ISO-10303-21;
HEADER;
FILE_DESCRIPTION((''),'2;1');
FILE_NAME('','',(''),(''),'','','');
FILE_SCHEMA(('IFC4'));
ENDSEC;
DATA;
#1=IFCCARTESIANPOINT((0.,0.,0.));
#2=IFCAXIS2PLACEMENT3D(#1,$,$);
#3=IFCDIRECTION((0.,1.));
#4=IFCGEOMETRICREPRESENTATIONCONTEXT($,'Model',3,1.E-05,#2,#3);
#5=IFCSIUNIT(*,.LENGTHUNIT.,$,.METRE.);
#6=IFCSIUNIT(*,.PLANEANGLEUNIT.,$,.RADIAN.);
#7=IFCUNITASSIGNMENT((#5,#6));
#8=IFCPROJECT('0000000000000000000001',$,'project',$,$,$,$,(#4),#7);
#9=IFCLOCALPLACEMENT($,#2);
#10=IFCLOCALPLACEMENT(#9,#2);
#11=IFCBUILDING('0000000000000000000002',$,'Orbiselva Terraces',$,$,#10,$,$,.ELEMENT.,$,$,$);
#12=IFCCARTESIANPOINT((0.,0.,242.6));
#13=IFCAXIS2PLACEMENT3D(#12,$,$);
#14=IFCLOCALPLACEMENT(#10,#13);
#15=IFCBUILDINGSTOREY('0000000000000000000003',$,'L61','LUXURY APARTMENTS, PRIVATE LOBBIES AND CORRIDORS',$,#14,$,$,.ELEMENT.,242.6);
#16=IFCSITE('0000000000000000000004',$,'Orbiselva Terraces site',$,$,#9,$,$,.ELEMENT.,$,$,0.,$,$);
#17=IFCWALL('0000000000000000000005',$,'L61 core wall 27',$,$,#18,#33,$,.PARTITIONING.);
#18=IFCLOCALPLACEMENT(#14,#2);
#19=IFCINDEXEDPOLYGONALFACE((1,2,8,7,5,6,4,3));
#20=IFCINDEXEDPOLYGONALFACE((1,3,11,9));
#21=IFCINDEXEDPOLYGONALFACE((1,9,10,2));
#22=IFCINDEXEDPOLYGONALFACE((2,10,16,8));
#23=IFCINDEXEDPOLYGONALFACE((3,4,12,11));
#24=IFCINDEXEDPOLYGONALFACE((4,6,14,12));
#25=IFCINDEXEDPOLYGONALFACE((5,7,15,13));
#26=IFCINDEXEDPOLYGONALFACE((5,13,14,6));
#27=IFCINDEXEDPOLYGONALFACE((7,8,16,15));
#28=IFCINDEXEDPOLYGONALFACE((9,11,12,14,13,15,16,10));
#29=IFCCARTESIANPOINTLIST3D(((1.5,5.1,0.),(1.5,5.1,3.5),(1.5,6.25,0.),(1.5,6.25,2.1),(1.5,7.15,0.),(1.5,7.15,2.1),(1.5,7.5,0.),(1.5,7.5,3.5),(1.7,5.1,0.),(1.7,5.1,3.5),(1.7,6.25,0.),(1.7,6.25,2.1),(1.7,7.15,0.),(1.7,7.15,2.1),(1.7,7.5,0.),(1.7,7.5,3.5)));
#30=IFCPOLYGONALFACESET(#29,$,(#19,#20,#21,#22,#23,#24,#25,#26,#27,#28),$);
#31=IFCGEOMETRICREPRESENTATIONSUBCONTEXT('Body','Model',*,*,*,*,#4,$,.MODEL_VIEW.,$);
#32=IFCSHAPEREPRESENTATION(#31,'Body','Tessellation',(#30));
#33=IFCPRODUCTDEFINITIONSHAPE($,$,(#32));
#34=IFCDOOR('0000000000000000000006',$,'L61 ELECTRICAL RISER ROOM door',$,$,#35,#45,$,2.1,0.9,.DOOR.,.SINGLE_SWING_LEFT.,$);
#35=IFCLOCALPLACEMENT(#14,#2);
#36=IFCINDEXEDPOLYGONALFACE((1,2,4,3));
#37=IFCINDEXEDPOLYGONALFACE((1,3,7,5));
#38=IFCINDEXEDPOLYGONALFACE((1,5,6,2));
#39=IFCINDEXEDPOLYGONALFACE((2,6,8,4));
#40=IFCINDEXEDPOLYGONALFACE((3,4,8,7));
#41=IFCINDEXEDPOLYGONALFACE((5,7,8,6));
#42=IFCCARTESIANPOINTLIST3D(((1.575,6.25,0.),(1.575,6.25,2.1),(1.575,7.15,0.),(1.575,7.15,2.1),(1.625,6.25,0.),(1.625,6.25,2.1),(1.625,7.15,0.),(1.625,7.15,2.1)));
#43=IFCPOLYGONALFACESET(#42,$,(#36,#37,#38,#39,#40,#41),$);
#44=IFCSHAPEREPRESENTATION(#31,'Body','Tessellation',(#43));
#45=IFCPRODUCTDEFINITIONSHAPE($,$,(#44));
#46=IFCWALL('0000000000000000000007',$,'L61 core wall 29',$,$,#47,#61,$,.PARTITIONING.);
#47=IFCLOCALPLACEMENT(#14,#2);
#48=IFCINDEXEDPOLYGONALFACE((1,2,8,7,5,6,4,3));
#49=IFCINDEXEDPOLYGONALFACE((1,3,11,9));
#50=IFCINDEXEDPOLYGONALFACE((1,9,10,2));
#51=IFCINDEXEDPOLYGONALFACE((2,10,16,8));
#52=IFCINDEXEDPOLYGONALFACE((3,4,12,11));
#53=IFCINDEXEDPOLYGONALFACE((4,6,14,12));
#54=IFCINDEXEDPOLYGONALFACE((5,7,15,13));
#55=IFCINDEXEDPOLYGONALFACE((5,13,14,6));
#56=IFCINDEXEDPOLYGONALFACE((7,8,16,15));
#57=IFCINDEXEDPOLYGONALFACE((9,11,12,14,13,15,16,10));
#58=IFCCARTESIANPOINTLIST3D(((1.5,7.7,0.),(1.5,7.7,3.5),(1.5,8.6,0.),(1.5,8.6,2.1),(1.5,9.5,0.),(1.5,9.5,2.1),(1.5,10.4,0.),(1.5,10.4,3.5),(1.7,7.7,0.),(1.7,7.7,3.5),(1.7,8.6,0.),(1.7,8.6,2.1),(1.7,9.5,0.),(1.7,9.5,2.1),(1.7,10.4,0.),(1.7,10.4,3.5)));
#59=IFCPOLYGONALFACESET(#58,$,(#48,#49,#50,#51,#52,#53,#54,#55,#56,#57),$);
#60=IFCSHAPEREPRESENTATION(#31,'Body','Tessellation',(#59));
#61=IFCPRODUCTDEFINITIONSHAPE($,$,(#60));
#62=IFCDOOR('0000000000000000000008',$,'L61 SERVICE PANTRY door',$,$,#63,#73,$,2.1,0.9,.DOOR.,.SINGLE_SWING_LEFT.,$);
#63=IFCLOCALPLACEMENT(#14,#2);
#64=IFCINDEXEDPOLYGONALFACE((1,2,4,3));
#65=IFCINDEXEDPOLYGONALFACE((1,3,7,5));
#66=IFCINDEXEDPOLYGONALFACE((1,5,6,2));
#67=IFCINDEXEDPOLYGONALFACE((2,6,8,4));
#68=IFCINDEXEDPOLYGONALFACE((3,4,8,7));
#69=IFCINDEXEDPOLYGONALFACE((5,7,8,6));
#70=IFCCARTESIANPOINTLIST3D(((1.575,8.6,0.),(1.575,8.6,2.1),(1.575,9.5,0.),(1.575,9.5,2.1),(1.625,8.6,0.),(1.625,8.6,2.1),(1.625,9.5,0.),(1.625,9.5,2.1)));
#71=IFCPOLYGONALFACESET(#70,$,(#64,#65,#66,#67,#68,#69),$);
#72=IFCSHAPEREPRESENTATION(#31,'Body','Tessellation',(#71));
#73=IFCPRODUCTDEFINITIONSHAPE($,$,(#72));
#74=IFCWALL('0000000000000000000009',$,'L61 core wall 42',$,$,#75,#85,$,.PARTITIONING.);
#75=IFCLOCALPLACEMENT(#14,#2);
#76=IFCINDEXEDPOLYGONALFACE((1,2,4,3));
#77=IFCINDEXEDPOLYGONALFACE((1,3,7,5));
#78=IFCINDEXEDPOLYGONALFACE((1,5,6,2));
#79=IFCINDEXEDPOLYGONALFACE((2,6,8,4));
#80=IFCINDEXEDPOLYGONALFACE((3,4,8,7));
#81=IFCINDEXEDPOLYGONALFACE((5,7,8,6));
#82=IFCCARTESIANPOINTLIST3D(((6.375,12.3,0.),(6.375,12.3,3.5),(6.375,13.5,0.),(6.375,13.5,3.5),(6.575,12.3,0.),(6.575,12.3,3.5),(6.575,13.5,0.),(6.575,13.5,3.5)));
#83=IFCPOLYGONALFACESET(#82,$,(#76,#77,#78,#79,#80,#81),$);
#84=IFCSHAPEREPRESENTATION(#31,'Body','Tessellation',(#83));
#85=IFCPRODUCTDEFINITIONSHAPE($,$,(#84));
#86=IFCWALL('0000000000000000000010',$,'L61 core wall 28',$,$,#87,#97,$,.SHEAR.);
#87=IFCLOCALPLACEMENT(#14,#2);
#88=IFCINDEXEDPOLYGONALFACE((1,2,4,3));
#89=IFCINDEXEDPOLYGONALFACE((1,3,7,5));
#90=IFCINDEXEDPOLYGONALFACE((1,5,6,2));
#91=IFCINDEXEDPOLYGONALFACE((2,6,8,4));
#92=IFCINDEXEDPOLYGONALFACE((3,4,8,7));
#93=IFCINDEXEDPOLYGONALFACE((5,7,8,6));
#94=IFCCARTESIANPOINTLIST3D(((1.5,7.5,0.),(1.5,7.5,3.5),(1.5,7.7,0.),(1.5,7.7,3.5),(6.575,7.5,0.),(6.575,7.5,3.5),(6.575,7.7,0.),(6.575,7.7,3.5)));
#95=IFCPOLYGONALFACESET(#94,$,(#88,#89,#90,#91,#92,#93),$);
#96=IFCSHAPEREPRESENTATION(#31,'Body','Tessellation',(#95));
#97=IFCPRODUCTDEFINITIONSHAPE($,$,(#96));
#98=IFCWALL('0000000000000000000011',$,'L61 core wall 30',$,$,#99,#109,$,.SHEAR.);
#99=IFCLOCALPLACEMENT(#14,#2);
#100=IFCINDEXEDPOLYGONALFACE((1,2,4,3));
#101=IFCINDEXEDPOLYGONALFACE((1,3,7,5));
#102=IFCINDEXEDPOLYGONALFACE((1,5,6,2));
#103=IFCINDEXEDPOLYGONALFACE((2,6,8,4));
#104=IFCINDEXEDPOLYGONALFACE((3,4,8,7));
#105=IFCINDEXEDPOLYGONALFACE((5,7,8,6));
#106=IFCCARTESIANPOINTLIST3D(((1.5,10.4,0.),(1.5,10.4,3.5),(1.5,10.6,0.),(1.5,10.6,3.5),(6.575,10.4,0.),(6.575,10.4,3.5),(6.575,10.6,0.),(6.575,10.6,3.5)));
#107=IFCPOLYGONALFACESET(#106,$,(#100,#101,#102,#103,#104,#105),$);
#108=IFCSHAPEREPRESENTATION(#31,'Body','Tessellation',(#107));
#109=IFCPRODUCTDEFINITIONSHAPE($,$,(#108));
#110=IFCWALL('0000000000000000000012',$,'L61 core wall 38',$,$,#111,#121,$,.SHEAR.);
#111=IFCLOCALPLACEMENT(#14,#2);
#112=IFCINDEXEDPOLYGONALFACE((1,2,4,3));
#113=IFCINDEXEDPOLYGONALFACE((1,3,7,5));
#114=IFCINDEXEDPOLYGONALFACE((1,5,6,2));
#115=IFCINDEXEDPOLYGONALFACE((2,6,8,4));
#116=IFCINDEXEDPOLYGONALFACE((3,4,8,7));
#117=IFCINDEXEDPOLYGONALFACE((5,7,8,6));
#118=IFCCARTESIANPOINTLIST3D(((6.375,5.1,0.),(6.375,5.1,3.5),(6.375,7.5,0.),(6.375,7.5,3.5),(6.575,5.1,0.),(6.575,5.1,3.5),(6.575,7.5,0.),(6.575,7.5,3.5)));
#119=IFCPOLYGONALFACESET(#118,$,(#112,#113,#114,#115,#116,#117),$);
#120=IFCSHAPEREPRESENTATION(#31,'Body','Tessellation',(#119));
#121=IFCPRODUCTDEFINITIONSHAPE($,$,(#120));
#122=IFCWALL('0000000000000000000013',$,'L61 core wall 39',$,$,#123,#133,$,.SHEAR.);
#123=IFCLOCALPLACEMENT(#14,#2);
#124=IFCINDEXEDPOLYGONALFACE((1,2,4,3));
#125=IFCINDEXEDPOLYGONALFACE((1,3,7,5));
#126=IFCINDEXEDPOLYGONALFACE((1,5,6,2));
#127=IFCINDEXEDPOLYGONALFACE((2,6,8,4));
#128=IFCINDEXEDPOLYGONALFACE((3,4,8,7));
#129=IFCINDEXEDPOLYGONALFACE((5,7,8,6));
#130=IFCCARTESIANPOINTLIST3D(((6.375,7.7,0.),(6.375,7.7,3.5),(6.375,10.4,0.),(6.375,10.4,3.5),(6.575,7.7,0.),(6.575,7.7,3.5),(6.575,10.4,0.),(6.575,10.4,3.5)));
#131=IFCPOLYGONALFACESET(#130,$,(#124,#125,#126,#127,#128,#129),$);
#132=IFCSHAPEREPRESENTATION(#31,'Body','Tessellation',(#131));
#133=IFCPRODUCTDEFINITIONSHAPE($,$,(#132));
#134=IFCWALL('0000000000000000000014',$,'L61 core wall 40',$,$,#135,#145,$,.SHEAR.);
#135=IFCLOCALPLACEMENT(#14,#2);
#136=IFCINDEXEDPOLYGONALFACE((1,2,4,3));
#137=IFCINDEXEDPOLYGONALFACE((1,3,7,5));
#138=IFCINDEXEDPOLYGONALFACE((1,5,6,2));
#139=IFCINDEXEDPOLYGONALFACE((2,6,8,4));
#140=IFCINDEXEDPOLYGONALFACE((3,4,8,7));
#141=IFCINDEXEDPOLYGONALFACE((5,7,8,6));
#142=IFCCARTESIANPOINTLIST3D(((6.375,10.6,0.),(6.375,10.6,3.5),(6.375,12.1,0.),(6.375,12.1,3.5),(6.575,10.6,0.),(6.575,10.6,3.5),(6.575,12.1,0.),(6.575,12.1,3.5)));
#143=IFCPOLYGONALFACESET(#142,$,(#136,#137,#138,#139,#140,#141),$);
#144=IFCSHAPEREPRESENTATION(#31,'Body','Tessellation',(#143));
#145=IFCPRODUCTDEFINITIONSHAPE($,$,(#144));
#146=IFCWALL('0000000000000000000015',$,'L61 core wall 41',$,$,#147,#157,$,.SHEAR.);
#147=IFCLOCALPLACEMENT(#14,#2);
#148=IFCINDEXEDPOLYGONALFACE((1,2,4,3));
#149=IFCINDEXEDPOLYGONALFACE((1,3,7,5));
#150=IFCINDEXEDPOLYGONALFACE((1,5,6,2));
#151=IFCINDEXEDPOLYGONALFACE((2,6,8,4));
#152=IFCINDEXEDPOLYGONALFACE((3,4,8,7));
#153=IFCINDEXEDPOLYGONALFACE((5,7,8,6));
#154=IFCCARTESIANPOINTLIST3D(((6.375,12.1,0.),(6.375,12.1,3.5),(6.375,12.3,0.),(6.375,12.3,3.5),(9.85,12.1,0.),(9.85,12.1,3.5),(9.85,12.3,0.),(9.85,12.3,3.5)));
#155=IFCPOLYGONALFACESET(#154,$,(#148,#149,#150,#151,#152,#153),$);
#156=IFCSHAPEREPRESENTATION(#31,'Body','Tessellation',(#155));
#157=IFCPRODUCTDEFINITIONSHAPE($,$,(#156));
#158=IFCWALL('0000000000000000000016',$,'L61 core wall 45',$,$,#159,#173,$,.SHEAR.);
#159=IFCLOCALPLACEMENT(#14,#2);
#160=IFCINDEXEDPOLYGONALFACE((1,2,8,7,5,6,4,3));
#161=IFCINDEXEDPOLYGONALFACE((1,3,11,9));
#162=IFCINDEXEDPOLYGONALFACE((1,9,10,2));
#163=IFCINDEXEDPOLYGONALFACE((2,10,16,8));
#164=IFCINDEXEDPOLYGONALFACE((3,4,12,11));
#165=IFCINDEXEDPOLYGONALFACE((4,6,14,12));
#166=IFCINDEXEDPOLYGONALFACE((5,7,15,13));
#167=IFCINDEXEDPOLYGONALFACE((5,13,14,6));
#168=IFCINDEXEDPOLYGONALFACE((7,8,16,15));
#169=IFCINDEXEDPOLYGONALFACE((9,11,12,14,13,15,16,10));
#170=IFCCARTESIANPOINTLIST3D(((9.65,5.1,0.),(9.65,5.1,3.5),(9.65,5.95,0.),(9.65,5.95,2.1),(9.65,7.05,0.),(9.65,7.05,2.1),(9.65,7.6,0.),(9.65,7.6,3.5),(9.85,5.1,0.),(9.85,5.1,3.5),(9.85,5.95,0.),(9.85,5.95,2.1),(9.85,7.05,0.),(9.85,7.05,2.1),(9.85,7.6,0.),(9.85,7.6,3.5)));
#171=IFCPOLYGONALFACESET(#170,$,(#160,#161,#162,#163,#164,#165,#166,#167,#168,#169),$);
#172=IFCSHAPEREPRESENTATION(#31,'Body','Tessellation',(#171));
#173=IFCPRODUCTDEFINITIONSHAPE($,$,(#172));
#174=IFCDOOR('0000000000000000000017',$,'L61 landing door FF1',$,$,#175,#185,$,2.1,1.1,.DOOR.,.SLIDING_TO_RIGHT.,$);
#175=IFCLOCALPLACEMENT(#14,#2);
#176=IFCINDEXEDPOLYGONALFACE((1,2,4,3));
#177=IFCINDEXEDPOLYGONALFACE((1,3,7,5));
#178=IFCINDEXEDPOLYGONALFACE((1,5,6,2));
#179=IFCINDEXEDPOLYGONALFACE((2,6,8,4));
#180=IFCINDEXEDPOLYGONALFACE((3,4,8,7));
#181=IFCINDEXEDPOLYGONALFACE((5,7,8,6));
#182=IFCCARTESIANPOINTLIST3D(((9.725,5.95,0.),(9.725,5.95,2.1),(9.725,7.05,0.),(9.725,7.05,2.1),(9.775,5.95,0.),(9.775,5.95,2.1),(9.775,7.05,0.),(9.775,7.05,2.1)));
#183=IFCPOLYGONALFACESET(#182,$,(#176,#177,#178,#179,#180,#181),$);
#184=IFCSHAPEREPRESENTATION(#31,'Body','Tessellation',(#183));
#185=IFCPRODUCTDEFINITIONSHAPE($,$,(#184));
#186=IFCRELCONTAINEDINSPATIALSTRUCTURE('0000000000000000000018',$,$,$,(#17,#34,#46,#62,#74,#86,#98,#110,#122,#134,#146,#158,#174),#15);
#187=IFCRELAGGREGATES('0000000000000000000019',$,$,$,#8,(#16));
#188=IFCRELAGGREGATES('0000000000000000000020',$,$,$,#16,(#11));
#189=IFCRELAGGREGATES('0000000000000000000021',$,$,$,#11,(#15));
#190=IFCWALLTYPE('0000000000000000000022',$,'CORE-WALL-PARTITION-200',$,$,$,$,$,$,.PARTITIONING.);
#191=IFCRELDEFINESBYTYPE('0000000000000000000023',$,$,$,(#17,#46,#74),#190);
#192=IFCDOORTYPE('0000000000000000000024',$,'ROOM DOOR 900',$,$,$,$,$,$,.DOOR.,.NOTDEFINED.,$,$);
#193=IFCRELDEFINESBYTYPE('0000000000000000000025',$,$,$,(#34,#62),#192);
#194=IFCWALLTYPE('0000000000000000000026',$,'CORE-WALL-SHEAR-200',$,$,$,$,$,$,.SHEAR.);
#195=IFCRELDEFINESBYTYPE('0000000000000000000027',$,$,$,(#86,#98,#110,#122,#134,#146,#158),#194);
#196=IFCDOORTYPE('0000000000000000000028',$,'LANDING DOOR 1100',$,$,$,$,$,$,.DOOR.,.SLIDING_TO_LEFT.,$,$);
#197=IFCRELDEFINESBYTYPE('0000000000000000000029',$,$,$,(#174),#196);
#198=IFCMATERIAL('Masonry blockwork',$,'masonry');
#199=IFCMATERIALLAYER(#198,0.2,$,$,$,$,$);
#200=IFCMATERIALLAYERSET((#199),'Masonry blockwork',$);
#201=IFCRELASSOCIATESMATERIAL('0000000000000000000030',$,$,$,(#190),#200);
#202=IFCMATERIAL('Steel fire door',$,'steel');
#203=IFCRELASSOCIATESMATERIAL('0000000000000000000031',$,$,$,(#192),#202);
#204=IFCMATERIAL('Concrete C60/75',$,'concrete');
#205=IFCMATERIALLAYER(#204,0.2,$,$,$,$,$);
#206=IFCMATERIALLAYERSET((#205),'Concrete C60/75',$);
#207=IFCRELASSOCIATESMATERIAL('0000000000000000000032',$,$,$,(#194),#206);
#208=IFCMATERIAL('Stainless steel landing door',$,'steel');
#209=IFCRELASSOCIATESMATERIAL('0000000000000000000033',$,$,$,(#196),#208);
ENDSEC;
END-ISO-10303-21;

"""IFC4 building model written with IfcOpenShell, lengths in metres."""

from ifc_helpers import new_model, si_unit, direction, frame, frame_2d, origin, place, context, subcontext, project, spatial, rectangle, extrude, material, layer, layer_set, type_object, element, fill, save


model = new_model("IFC4")

# Units and contexts
model_context = context("Model", 3, precision=1e-05, world=origin(), true_north=direction((0.0, 1.0)))
body_context = subcontext(model_context, "Body", "Model", "MODEL_VIEW")
ifc_project = project(units=[si_unit("LENGTHUNIT", "METRE"), si_unit("PLANEANGLEUNIT", "RADIAN")], contexts=[model_context])

# Site, building, storey
site_placement = place(None, origin())
site = spatial("IfcSite", under=ifc_project, at=site_placement, Name="Orbiselva Terraces site", CompositionType="ELEMENT", RefElevation=0.0)
building_placement = place(site_placement, origin())
building = spatial("IfcBuilding", under=site, at=building_placement, Name="Orbiselva Terraces", CompositionType="ELEMENT")
storey_placement = place(building_placement, frame((0.0, 0.0, 242.6)))
storey = spatial("IfcBuildingStorey", under=building, at=storey_placement, Name="L61", Description="LUXURY APARTMENTS, PRIVATE LOBBIES AND CORRIDORS", CompositionType="ELEMENT", Elevation=242.6)

# Walls, openings, doors
ifc_material_1 = material(Name="Masonry blockwork", Category="masonry")
ifc_layer_1 = layer(ifc_material_1, 0.2)
ifc_layer_set_1 = layer_set([ifc_layer_1], Name="Masonry blockwork")
wall_type_1 = type_object("IfcWallType", Name="CORE-WALL-PARTITION-200", PredefinedType="PARTITIONING", material=ifc_layer_set_1)
wall_1_placement = place(storey_placement, frame((1.6, 7.5, 0.0), z_axis=(0.0, 0.0, 1.0), x_axis=(0.0, -1.0, 0.0)))
wall_1 = element("IfcWall", 1, at=wall_1_placement, inside=storey, type_object=wall_type_1, Name="L61 core wall 27", PredefinedType="PARTITIONING", context=body_context, shape_type="SweptSolid", body=[
    extrude(rectangle(XDim=2.4, YDim=0.2, at=frame_2d((1.2, 0.0))), origin(), (0.0, 0.0, 1.0), 3.5),
])
opening_1_placement = place(wall_1_placement, frame((0.35, 0.0, 0.0)))
opening_1 = element("IfcOpeningElement", 2, at=opening_1_placement, cuts=wall_1, PredefinedType="OPENING", context=body_context, shape_type="SweptSolid", body=[
    extrude(rectangle(XDim=0.9, YDim=2.1, at=frame_2d((0.45, 1.05))), frame((0.0, 0.11, 0.0), z_axis=(0.0, -1.0, 0.0), x_axis=(1.0, 0.0, 0.0)), (0.0, 0.0, 1.0), 0.22),
])
ifc_material_2 = material(Name="Steel fire door", Category="steel")
door_type_1 = type_object("IfcDoorType", Name="ROOM DOOR 900", OperationType="NOTDEFINED", PredefinedType="DOOR", material=ifc_material_2)
door_1_placement = place(opening_1_placement, origin())
door_1 = element("IfcDoor", 3, at=door_1_placement, inside=storey, type_object=door_type_1, Name="L61 ELECTRICAL RISER ROOM door", OperationType="SINGLE_SWING_LEFT", OverallHeight=2.1, OverallWidth=0.9, PredefinedType="DOOR", context=body_context, shape_type="SweptSolid", body=[
    extrude(rectangle(XDim=0.9, YDim=2.1, at=frame_2d((0.45, 1.05))), frame((0.0, 0.025, 0.0), z_axis=(0.0, -1.0, 0.0), x_axis=(1.0, 0.0, 0.0)), (0.0, 0.0, 1.0), 0.05),
])
fill(opening_1, door_1)
wall_2_placement = place(storey_placement, frame((1.6, 10.4, 0.0), z_axis=(0.0, 0.0, 1.0), x_axis=(0.0, -1.0, 0.0)))
wall_2 = element("IfcWall", 4, at=wall_2_placement, inside=storey, type_object=wall_type_1, Name="L61 core wall 29", PredefinedType="PARTITIONING", context=body_context, shape_type="SweptSolid", body=[
    extrude(rectangle(XDim=2.7, YDim=0.2, at=frame_2d((1.35, 0.0))), origin(), (0.0, 0.0, 1.0), 3.5),
])
opening_2_placement = place(wall_2_placement, frame((0.9, 0.0, 0.0)))
opening_2 = element("IfcOpeningElement", 5, at=opening_2_placement, cuts=wall_2, PredefinedType="OPENING", context=body_context, shape_type="SweptSolid", body=[
    extrude(rectangle(XDim=0.9, YDim=2.1, at=frame_2d((0.45, 1.05))), frame((0.0, 0.11, 0.0), z_axis=(0.0, -1.0, 0.0), x_axis=(1.0, 0.0, 0.0)), (0.0, 0.0, 1.0), 0.22),
])
door_2_placement = place(opening_2_placement, origin())
door_2 = element("IfcDoor", 6, at=door_2_placement, inside=storey, type_object=door_type_1, Name="L61 SERVICE PANTRY door", OperationType="SINGLE_SWING_LEFT", OverallHeight=2.1, OverallWidth=0.9, PredefinedType="DOOR", context=body_context, shape_type="SweptSolid", body=[
    extrude(rectangle(XDim=0.9, YDim=2.1, at=frame_2d((0.45, 1.05))), frame((0.0, 0.025, 0.0), z_axis=(0.0, -1.0, 0.0), x_axis=(1.0, 0.0, 0.0)), (0.0, 0.0, 1.0), 0.05),
])
fill(opening_2, door_2)

# Walls
wall_3_placement = place(storey_placement, frame((6.475, 12.3, 0.0), z_axis=(0.0, 0.0, 1.0), x_axis=(0.0, 1.0, 0.0)))
element("IfcWall", 7, at=wall_3_placement, inside=storey, type_object=wall_type_1, Name="L61 core wall 42", PredefinedType="PARTITIONING", context=body_context, shape_type="SweptSolid", body=[
    extrude(rectangle(XDim=1.2, YDim=0.2, at=frame_2d((0.6, 0.0))), origin(), (0.0, 0.0, 1.0), 3.5),
])
ifc_material_3 = material(Name="Concrete C60/75", Category="concrete")
ifc_layer_2 = layer(ifc_material_3, 0.2)
ifc_layer_set_2 = layer_set([ifc_layer_2], Name="Concrete C60/75")
wall_type_2 = type_object("IfcWallType", Name="CORE-WALL-SHEAR-200", PredefinedType="SHEAR", material=ifc_layer_set_2)
for number, where, z_axis, x_axis, name in (
    (8, (1.5, 7.6, 0.0), (0.0, 0.0, 1.0), (1.0, 0.0, 0.0), "L61 core wall 28"),
    (9, (1.5, 10.5, 0.0), (0.0, 0.0, 1.0), (1.0, 0.0, 0.0), "L61 core wall 30"),
):
    element("IfcWall", number, at=place(storey_placement, frame(where, z_axis=z_axis, x_axis=x_axis)), inside=storey, type_object=wall_type_2, Name=name, PredefinedType="SHEAR", context=body_context, shape_type="SweptSolid", body=[
        extrude(rectangle(XDim=5.075, YDim=0.2, at=frame_2d((2.5375, 0.0))), origin(), (0.0, 0.0, 1.0), 3.5),
    ])
wall_4_placement = place(storey_placement, frame((6.475, 5.1, 0.0), z_axis=(0.0, 0.0, 1.0), x_axis=(0.0, 1.0, 0.0)))
element("IfcWall", 10, at=wall_4_placement, inside=storey, type_object=wall_type_2, Name="L61 core wall 38", PredefinedType="SHEAR", context=body_context, shape_type="SweptSolid", body=[
    extrude(rectangle(XDim=2.4, YDim=0.2, at=frame_2d((1.2, 0.0))), origin(), (0.0, 0.0, 1.0), 3.5),
])
wall_5_placement = place(storey_placement, frame((6.475, 7.7, 0.0), z_axis=(0.0, 0.0, 1.0), x_axis=(0.0, 1.0, 0.0)))
element("IfcWall", 11, at=wall_5_placement, inside=storey, type_object=wall_type_2, Name="L61 core wall 39", PredefinedType="SHEAR", context=body_context, shape_type="SweptSolid", body=[
    extrude(rectangle(XDim=2.7, YDim=0.2, at=frame_2d((1.35, 0.0))), origin(), (0.0, 0.0, 1.0), 3.5),
])
wall_6_placement = place(storey_placement, frame((6.475, 10.6, 0.0), z_axis=(0.0, 0.0, 1.0), x_axis=(0.0, 1.0, 0.0)))
element("IfcWall", 12, at=wall_6_placement, inside=storey, type_object=wall_type_2, Name="L61 core wall 40", PredefinedType="SHEAR", context=body_context, shape_type="SweptSolid", body=[
    extrude(rectangle(XDim=1.5, YDim=0.2, at=frame_2d((0.75, 0.0))), origin(), (0.0, 0.0, 1.0), 3.5),
])
wall_7_placement = place(storey_placement, frame((6.375, 12.2, 0.0), z_axis=(0.0, 0.0, 1.0), x_axis=(1.0, 0.0, 0.0)))
element("IfcWall", 13, at=wall_7_placement, inside=storey, type_object=wall_type_2, Name="L61 core wall 41", PredefinedType="SHEAR", context=body_context, shape_type="SweptSolid", body=[
    extrude(rectangle(XDim=3.475, YDim=0.2, at=frame_2d((1.7375, 0.0))), origin(), (0.0, 0.0, 1.0), 3.5),
])

# Wall, opening, door
wall_8_placement = place(storey_placement, frame((9.75, 5.1, 0.0), z_axis=(0.0, 0.0, 1.0), x_axis=(0.0, 1.0, 0.0)))
wall_8 = element("IfcWall", 14, at=wall_8_placement, inside=storey, type_object=wall_type_2, Name="L61 core wall 45", PredefinedType="SHEAR", context=body_context, shape_type="SweptSolid", body=[
    extrude(rectangle(XDim=2.5, YDim=0.2, at=frame_2d((1.25, 0.0))), origin(), (0.0, 0.0, 1.0), 3.5),
])
opening_3_placement = place(wall_8_placement, frame((0.85, 0.0, 0.0)))
opening_3 = element("IfcOpeningElement", 15, at=opening_3_placement, cuts=wall_8, PredefinedType="OPENING", context=body_context, shape_type="SweptSolid", body=[
    extrude(rectangle(XDim=1.1, YDim=2.1, at=frame_2d((0.55, 1.05))), frame((0.0, 0.11, 0.0), z_axis=(0.0, -1.0, 0.0), x_axis=(1.0, 0.0, 0.0)), (0.0, 0.0, 1.0), 0.22),
])
ifc_material_4 = material(Name="Stainless steel landing door", Category="steel")
door_type_2 = type_object("IfcDoorType", Name="LANDING DOOR 1100", OperationType="SLIDING_TO_LEFT", PredefinedType="DOOR", material=ifc_material_4)
door_3_placement = place(opening_3_placement, origin())
door_3 = element("IfcDoor", 16, at=door_3_placement, inside=storey, type_object=door_type_2, Name="L61 landing door FF1", OperationType="SLIDING_TO_RIGHT", OverallHeight=2.1, OverallWidth=1.1, PredefinedType="DOOR", context=body_context, shape_type="SweptSolid", body=[
    extrude(rectangle(XDim=1.1, YDim=2.1, at=frame_2d((0.55, 1.05))), frame((0.0, 0.025, 0.0), z_axis=(0.0, -1.0, 0.0), x_axis=(1.0, 0.0, 0.0)), (0.0, 0.0, 1.0), 0.05),
])
fill(opening_3, door_3)

save(model, "model.ifc")
